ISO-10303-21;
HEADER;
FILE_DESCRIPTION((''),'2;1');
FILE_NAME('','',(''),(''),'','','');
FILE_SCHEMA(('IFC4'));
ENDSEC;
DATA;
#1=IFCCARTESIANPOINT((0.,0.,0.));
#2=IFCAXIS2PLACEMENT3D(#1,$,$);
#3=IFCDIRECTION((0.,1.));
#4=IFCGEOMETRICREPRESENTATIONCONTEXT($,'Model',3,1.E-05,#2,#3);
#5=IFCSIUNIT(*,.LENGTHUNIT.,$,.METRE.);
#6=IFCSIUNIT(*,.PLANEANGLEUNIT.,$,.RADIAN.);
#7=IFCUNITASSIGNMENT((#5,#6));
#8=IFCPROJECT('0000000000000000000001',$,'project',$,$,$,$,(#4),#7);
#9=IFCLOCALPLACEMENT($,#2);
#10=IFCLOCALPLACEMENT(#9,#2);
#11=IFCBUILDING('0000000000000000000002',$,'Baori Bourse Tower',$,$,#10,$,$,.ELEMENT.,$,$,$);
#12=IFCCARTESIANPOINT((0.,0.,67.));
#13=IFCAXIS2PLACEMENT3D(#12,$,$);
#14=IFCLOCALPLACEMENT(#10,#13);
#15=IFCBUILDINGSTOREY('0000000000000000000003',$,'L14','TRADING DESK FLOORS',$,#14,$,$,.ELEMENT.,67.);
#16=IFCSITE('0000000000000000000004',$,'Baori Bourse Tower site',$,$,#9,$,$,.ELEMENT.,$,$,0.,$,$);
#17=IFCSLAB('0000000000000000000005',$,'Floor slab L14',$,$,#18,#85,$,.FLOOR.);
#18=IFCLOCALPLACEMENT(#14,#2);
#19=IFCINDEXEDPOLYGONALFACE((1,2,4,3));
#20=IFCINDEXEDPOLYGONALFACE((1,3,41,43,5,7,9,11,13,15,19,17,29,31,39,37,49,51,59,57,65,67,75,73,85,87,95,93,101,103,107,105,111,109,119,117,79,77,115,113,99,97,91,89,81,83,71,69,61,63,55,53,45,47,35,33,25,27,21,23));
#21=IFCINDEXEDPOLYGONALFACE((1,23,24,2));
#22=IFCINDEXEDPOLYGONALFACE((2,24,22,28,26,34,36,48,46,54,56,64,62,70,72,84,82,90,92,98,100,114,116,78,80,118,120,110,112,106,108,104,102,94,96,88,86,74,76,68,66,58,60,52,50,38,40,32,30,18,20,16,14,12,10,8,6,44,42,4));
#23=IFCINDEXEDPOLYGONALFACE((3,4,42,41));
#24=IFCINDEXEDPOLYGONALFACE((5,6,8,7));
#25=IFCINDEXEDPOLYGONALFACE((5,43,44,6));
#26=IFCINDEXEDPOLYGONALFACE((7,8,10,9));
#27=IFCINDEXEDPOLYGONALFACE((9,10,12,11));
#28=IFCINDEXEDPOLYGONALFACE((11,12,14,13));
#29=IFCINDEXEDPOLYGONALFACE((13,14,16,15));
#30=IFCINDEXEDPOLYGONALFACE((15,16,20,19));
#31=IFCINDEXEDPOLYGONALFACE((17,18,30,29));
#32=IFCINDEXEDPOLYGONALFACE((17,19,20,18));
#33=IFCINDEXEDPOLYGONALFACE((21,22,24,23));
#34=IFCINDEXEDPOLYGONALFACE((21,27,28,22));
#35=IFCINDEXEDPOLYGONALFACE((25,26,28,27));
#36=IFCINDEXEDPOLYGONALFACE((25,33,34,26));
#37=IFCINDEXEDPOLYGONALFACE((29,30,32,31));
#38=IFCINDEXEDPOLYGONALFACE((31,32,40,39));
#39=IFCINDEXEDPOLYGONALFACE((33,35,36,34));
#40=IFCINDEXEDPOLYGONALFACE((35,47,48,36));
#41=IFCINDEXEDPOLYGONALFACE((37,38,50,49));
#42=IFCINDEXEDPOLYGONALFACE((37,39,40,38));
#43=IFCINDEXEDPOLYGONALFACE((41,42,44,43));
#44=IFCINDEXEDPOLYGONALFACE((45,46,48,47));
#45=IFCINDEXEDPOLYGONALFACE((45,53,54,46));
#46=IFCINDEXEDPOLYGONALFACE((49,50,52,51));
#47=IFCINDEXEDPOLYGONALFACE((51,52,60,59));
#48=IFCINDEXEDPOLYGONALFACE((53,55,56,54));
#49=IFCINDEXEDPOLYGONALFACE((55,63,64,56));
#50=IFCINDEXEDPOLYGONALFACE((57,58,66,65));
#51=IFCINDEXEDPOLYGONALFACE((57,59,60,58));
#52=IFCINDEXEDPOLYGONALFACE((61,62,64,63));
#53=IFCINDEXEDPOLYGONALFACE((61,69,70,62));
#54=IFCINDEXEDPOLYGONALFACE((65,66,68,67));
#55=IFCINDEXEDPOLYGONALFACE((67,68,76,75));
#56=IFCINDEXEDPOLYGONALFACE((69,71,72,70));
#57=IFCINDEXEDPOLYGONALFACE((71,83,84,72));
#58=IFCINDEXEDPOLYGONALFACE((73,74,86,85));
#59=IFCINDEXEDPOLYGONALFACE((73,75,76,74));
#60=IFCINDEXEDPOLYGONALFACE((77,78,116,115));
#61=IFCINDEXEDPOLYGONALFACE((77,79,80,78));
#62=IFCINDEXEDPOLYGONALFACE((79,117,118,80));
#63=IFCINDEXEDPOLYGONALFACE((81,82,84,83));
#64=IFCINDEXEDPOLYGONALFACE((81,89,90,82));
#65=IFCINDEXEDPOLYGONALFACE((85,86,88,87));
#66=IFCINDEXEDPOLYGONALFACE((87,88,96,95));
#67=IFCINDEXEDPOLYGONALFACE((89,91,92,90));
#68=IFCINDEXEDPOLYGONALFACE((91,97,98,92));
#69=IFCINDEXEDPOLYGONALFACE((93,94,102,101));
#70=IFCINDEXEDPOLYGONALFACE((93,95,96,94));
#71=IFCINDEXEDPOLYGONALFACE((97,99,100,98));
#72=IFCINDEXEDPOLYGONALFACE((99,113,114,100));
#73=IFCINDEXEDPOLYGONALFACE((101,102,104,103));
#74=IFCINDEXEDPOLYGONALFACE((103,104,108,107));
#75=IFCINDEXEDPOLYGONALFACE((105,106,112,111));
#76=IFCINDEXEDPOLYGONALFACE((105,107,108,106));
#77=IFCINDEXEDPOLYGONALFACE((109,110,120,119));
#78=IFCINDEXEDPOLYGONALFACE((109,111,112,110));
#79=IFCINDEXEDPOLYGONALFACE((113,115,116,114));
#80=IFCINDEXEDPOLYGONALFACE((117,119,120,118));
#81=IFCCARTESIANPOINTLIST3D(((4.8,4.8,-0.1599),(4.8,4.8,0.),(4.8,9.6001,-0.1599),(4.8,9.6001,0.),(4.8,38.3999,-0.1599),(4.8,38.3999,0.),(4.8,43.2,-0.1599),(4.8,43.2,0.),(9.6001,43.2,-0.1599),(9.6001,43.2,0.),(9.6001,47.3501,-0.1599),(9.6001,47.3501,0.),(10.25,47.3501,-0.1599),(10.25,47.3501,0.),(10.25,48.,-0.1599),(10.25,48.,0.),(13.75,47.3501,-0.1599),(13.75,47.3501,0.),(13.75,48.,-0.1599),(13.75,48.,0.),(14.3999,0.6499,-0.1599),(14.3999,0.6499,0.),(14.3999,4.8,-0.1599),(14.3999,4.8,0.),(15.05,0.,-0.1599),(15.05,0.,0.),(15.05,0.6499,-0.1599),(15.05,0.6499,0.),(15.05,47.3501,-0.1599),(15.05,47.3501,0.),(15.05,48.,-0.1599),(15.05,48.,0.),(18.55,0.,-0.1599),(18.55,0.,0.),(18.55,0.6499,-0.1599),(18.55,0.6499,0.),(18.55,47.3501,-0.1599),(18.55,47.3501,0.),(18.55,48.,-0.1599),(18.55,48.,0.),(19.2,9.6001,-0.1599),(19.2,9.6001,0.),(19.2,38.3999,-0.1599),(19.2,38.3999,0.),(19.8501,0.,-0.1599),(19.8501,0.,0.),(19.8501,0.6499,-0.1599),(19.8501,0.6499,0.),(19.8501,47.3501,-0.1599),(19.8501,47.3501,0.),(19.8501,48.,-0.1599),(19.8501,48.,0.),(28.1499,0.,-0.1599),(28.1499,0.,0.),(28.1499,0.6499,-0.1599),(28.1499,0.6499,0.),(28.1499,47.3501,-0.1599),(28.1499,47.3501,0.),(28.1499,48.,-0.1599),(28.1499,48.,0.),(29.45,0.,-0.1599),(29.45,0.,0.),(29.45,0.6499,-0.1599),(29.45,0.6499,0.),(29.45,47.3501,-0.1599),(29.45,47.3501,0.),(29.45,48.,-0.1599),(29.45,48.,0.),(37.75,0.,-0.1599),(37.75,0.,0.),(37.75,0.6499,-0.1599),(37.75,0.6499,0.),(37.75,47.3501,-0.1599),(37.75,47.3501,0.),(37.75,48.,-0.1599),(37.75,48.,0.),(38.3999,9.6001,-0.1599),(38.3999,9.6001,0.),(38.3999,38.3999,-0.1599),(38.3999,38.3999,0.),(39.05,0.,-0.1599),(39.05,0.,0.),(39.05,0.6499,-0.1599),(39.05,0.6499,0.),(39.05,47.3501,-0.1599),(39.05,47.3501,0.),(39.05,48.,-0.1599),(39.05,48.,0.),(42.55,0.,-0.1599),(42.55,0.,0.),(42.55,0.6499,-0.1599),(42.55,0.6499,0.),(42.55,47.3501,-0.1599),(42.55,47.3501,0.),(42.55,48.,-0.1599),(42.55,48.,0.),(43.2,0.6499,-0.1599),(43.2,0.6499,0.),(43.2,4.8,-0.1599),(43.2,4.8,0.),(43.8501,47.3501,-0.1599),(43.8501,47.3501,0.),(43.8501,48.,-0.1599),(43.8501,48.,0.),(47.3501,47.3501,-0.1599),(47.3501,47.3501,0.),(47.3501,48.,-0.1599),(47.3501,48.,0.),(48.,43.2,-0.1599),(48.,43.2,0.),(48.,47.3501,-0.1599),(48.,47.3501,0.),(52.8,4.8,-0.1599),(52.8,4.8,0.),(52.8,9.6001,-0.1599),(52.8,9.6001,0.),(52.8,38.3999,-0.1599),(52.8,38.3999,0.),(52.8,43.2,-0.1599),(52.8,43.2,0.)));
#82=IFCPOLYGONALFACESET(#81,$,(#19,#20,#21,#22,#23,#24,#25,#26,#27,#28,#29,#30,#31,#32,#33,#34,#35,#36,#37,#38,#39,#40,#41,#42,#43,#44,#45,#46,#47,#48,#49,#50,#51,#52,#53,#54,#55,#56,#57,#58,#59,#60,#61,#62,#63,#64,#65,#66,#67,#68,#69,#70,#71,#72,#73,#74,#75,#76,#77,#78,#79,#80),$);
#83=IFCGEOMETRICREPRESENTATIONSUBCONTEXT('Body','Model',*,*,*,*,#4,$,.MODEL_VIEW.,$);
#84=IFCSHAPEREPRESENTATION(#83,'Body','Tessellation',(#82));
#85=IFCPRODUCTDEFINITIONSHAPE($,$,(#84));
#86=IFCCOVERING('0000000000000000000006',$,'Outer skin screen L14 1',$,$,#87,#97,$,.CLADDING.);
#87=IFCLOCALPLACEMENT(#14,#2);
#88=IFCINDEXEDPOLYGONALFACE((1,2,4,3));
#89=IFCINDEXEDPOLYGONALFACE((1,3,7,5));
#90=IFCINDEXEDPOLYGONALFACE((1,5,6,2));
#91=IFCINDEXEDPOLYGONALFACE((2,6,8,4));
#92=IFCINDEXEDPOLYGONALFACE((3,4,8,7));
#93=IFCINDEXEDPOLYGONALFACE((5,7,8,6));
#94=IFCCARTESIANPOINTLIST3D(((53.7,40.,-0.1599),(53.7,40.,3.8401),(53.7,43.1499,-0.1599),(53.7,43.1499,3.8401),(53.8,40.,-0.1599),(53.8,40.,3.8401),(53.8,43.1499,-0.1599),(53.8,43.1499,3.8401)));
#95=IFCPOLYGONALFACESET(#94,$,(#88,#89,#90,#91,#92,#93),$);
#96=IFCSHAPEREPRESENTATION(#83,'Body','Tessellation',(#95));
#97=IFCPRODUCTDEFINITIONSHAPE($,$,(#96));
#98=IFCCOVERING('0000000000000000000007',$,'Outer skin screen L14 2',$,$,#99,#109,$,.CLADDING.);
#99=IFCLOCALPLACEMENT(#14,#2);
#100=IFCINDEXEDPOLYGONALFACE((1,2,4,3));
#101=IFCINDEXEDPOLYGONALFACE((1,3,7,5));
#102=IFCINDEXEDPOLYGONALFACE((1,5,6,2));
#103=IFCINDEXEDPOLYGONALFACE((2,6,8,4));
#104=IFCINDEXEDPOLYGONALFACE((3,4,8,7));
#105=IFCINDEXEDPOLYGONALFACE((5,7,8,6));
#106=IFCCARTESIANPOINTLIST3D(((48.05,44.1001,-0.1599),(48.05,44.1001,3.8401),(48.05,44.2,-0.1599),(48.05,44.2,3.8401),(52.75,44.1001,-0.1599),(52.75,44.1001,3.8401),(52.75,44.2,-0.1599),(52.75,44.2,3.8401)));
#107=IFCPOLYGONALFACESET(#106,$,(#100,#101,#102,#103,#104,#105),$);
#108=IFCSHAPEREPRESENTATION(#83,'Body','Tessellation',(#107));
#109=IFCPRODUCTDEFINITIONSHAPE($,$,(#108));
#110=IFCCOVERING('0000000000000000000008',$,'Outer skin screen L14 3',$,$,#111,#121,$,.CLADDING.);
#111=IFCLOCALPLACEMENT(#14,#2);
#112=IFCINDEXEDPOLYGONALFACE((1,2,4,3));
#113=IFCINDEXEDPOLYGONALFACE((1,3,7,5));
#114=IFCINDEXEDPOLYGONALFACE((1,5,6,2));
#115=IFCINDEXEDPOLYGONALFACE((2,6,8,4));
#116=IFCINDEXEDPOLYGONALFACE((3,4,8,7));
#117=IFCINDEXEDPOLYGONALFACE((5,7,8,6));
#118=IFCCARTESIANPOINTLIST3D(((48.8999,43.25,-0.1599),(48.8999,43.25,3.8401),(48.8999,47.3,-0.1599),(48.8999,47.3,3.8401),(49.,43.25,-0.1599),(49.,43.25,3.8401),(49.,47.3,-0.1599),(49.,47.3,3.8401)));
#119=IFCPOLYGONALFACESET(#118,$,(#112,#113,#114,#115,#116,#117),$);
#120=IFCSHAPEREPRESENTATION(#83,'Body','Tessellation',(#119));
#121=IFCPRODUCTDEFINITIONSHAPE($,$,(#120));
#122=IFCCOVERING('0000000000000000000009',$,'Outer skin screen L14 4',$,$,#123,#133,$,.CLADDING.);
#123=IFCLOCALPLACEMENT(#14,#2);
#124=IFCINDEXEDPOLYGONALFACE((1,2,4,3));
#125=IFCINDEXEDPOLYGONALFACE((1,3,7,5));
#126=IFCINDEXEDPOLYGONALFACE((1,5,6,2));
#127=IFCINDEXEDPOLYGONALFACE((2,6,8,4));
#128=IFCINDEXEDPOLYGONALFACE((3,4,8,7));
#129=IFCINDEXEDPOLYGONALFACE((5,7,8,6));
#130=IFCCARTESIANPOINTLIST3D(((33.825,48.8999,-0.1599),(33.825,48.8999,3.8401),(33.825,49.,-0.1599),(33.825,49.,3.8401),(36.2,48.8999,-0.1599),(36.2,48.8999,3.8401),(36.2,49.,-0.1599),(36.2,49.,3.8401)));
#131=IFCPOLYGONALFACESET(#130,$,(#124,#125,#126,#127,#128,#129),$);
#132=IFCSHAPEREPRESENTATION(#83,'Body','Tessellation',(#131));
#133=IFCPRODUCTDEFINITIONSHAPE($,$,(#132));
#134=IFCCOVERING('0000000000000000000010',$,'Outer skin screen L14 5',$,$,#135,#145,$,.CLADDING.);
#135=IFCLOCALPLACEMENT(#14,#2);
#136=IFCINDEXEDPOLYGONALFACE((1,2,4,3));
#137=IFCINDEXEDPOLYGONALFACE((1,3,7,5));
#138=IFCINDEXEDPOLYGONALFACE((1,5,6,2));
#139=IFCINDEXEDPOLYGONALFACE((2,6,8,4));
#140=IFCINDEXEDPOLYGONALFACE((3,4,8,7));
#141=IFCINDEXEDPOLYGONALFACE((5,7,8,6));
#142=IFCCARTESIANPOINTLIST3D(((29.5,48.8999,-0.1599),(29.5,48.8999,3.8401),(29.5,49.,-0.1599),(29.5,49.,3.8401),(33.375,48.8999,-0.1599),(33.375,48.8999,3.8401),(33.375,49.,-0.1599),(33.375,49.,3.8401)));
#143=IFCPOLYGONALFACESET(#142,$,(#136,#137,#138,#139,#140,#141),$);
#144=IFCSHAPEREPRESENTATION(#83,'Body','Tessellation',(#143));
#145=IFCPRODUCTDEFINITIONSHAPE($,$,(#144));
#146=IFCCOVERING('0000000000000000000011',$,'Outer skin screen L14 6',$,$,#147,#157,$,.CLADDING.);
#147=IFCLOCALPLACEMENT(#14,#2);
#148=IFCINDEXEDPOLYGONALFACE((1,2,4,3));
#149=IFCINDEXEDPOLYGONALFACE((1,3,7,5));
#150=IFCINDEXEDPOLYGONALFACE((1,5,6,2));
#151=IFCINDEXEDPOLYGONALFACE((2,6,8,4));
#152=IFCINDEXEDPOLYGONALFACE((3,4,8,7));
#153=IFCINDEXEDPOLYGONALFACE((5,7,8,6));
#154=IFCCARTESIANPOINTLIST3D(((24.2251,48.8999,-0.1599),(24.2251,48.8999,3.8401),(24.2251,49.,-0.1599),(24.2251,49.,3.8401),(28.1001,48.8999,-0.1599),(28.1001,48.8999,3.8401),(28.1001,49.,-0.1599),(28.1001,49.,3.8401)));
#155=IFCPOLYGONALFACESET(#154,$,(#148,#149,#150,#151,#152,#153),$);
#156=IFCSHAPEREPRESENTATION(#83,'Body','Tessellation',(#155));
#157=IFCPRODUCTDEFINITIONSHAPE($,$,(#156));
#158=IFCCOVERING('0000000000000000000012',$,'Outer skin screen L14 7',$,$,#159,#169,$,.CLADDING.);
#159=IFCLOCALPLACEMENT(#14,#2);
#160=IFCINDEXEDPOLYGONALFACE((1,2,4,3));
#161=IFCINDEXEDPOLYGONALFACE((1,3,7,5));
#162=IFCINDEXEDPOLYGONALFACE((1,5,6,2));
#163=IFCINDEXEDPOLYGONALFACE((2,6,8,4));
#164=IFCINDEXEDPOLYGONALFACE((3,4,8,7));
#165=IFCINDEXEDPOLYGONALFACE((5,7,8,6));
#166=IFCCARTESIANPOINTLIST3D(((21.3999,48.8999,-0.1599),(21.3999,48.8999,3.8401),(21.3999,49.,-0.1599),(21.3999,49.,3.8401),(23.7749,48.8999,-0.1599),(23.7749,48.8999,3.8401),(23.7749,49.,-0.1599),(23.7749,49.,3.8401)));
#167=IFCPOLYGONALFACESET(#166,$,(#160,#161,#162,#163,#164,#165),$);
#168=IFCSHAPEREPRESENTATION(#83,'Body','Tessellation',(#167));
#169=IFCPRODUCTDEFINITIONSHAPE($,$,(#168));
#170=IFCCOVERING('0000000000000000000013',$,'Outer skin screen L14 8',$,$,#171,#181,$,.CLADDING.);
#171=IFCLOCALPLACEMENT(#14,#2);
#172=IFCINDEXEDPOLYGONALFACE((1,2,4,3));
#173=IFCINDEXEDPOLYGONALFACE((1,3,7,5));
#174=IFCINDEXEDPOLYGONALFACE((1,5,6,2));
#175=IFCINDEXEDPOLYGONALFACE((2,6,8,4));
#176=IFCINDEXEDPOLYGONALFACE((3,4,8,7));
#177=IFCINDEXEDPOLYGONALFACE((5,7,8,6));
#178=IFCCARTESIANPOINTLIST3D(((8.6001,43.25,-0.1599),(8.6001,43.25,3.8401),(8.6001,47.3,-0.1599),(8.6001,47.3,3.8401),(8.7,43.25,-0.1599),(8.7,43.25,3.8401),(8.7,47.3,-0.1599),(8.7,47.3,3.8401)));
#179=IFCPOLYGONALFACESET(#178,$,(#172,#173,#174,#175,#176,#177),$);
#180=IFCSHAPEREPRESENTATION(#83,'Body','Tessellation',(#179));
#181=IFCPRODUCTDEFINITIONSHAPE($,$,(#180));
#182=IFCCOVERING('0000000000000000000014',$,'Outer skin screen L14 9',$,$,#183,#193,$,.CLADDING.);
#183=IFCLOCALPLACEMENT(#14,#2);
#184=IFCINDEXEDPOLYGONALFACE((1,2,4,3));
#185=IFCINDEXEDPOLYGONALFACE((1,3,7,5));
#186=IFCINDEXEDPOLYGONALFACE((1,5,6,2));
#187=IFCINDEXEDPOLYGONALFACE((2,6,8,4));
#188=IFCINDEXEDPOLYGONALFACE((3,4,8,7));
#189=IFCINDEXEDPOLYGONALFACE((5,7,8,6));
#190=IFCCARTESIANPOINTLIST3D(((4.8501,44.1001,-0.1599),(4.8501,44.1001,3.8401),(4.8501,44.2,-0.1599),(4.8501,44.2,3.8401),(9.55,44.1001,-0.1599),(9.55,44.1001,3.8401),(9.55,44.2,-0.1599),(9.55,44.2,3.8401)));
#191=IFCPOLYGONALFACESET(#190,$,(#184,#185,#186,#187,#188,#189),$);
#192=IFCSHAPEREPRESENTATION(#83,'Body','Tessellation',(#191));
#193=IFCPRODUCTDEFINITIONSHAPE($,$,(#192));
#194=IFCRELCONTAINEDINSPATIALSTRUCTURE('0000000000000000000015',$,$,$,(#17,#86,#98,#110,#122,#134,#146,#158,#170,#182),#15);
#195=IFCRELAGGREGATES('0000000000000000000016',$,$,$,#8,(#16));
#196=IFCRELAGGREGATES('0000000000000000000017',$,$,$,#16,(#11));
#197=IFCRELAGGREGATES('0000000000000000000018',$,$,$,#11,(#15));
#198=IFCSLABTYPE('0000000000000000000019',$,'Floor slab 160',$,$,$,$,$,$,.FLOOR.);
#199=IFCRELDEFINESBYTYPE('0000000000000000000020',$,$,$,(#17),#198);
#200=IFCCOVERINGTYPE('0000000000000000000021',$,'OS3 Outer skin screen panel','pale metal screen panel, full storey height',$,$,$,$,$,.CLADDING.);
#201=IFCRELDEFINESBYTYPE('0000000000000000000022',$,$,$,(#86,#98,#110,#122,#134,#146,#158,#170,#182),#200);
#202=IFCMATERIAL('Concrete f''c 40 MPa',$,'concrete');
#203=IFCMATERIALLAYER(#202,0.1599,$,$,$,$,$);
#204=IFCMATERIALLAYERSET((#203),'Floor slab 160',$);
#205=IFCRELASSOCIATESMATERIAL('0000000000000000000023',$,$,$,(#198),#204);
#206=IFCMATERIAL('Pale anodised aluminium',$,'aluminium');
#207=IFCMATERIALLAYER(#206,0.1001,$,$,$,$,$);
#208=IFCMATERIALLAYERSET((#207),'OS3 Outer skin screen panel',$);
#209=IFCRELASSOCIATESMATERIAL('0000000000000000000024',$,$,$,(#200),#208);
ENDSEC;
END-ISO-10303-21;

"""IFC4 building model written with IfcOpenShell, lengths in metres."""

from ifc_helpers import new_model, si_unit, direction, frame, origin, place, context, subcontext, project, spatial, polyline, outline, extrude, material, layer, layer_set, type_object, element, save


model = new_model("IFC4")

# Units and contexts
model_context = context("Model", 3, precision=1e-05, world=origin(), true_north=direction((0.0, 1.0)))
body_context = subcontext(model_context, "Body", "Model", "MODEL_VIEW")
ifc_project = project(units=[si_unit("LENGTHUNIT", "METRE"), si_unit("PLANEANGLEUNIT", "RADIAN")], contexts=[model_context])

# Site, building, storey
site_placement = place(None, origin())
site = spatial("IfcSite", under=ifc_project, at=site_placement, Name="Baori Bourse Tower site", CompositionType="ELEMENT", RefElevation=0.0)
building_placement = place(site_placement, origin())
building = spatial("IfcBuilding", under=site, at=building_placement, Name="Baori Bourse Tower", CompositionType="ELEMENT")
storey_placement = place(building_placement, frame((0.0, 0.0, 67.0)))
storey = spatial("IfcBuildingStorey", under=building, at=storey_placement, Name="L14", Description="TRADING DESK FLOORS", CompositionType="ELEMENT", Elevation=67.0)

# Slab
ifc_material_1 = material(Name="Concrete f'c 40 MPa", Category="concrete")
ifc_layer_1 = layer(ifc_material_1, 0.1599)
ifc_layer_set_1 = layer_set([ifc_layer_1], Name="Floor slab 160")
slab_type_1 = type_object("IfcSlabType", Name="Floor slab 160", PredefinedType="FLOOR", material=ifc_layer_set_1)
slab_1_placement = place(storey_placement, frame((0.0, 0.0, -0.1599)))
element("IfcSlab", 1, at=slab_1_placement, inside=storey, type_object=slab_type_1, Name="Floor slab L14", PredefinedType="FLOOR", context=body_context, shape_type="SweptSolid", body=[
    extrude(outline(polyline([(14.3999, 4.8), (4.8, 4.8), (4.8, 9.6001), (19.2, 9.6001), (19.2, 38.3999), (4.8, 38.3999), (4.8, 43.2), (9.6001, 43.2), (9.6001, 47.3501), (10.25, 47.3501), (10.25, 48.0), (13.75, 48.0), (13.75, 47.3501), (15.05, 47.3501), (15.05, 48.0), (18.55, 48.0), (18.55, 47.3501), (19.8501, 47.3501), (19.8501, 48.0), (28.1499, 48.0), (28.1499, 47.3501), (29.45, 47.3501), (29.45, 48.0), (37.75, 48.0), (37.75, 47.3501), (39.05, 47.3501), (39.05, 48.0), (42.55, 48.0), (42.55, 47.3501), (43.8501, 47.3501), (43.8501, 48.0), (47.3501, 48.0), (47.3501, 47.3501), (48.0, 47.3501), (48.0, 43.2), (52.8, 43.2), (52.8, 38.3999), (38.3999, 38.3999), (38.3999, 9.6001), (52.8, 9.6001), (52.8, 4.8), (43.2, 4.8), (43.2, 0.6499), (42.55, 0.6499), (42.55, 0.0), (39.05, 0.0), (39.05, 0.6499), (37.75, 0.6499), (37.75, 0.0), (29.45, 0.0), (29.45, 0.6499), (28.1499, 0.6499), (28.1499, 0.0), (19.8501, 0.0), (19.8501, 0.6499), (18.55, 0.6499), (18.55, 0.0), (15.05, 0.0), (15.05, 0.6499), (14.3999, 0.6499), (14.3999, 4.8)])), origin(), (0.0, 0.0, 1.0), 0.1599),
])

# Coverings
ifc_material_2 = material(Name="Pale anodised aluminium", Category="aluminium")
ifc_layer_2 = layer(ifc_material_2, 0.1001)
ifc_layer_set_2 = layer_set([ifc_layer_2], Name="OS3 Outer skin screen panel")
covering_type = type_object("IfcCoveringType", Name="OS3 Outer skin screen panel", Description="pale metal screen panel, full storey height", PredefinedType="CLADDING", material=ifc_layer_set_2)
covering_1_placement = place(storey_placement, frame((0.0, 0.0, -0.1599)))
element("IfcCovering", 2, at=covering_1_placement, inside=storey, type_object=covering_type, Name="Outer skin screen L14 1", PredefinedType="CLADDING", context=body_context, shape_type="SweptSolid", body=[
    extrude(outline(polyline([(53.7, 43.1499), (53.7, 40.0), (53.8, 40.0), (53.8, 43.1499), (53.7, 43.1499)])), origin(), (0.0, 0.0, 1.0), 4.0),
])
covering_2_placement = place(storey_placement, frame((0.0, 0.0, -0.1599)))
element("IfcCovering", 3, at=covering_2_placement, inside=storey, type_object=covering_type, Name="Outer skin screen L14 2", PredefinedType="CLADDING", context=body_context, shape_type="SweptSolid", body=[
    extrude(outline(polyline([(48.05, 44.1001), (52.75, 44.1001), (52.75, 44.2), (48.05, 44.2), (48.05, 44.1001)])), origin(), (0.0, 0.0, 1.0), 4.0),
])
covering_3_placement = place(storey_placement, frame((0.0, 0.0, -0.1599)))
element("IfcCovering", 4, at=covering_3_placement, inside=storey, type_object=covering_type, Name="Outer skin screen L14 3", PredefinedType="CLADDING", context=body_context, shape_type="SweptSolid", body=[
    extrude(outline(polyline([(48.8999, 47.3), (48.8999, 43.25), (49.0, 43.25), (49.0, 47.3), (48.8999, 47.3)])), origin(), (0.0, 0.0, 1.0), 4.0),
])
covering_4_placement = place(storey_placement, frame((0.0, 0.0, -0.1599)))
element("IfcCovering", 5, at=covering_4_placement, inside=storey, type_object=covering_type, Name="Outer skin screen L14 4", PredefinedType="CLADDING", context=body_context, shape_type="SweptSolid", body=[
    extrude(outline(polyline([(33.825, 48.8999), (36.2, 48.8999), (36.2, 49.0), (33.825, 49.0), (33.825, 48.8999)])), origin(), (0.0, 0.0, 1.0), 4.0),
])
covering_5_placement = place(storey_placement, frame((0.0, 0.0, -0.1599)))
element("IfcCovering", 6, at=covering_5_placement, inside=storey, type_object=covering_type, Name="Outer skin screen L14 5", PredefinedType="CLADDING", context=body_context, shape_type="SweptSolid", body=[
    extrude(outline(polyline([(29.5, 48.8999), (33.375, 48.8999), (33.375, 49.0), (29.5, 49.0), (29.5, 48.8999)])), origin(), (0.0, 0.0, 1.0), 4.0),
])
covering_6_placement = place(storey_placement, frame((0.0, 0.0, -0.1599)))
element("IfcCovering", 7, at=covering_6_placement, inside=storey, type_object=covering_type, Name="Outer skin screen L14 6", PredefinedType="CLADDING", context=body_context, shape_type="SweptSolid", body=[
    extrude(outline(polyline([(24.2251, 48.8999), (28.1001, 48.8999), (28.1001, 49.0), (24.2251, 49.0), (24.2251, 48.8999)])), origin(), (0.0, 0.0, 1.0), 4.0),
])
covering_7_placement = place(storey_placement, frame((0.0, 0.0, -0.1599)))
element("IfcCovering", 8, at=covering_7_placement, inside=storey, type_object=covering_type, Name="Outer skin screen L14 7", PredefinedType="CLADDING", context=body_context, shape_type="SweptSolid", body=[
    extrude(outline(polyline([(21.3999, 48.8999), (23.7749, 48.8999), (23.7749, 49.0), (21.3999, 49.0), (21.3999, 48.8999)])), origin(), (0.0, 0.0, 1.0), 4.0),
])
covering_8_placement = place(storey_placement, frame((0.0, 0.0, -0.1599)))
element("IfcCovering", 9, at=covering_8_placement, inside=storey, type_object=covering_type, Name="Outer skin screen L14 8", PredefinedType="CLADDING", context=body_context, shape_type="SweptSolid", body=[
    extrude(outline(polyline([(8.7, 43.25), (8.7, 47.3), (8.6001, 47.3), (8.6001, 43.25), (8.7, 43.25)])), origin(), (0.0, 0.0, 1.0), 4.0),
])
covering_9_placement = place(storey_placement, frame((0.0, 0.0, -0.1599)))
element("IfcCovering", 10, at=covering_9_placement, inside=storey, type_object=covering_type, Name="Outer skin screen L14 9", PredefinedType="CLADDING", context=body_context, shape_type="SweptSolid", body=[
    extrude(outline(polyline([(4.8501, 44.1001), (9.55, 44.1001), (9.55, 44.2), (4.8501, 44.2), (4.8501, 44.1001)])), origin(), (0.0, 0.0, 1.0), 4.0),
])

save(model, "model.ifc")
